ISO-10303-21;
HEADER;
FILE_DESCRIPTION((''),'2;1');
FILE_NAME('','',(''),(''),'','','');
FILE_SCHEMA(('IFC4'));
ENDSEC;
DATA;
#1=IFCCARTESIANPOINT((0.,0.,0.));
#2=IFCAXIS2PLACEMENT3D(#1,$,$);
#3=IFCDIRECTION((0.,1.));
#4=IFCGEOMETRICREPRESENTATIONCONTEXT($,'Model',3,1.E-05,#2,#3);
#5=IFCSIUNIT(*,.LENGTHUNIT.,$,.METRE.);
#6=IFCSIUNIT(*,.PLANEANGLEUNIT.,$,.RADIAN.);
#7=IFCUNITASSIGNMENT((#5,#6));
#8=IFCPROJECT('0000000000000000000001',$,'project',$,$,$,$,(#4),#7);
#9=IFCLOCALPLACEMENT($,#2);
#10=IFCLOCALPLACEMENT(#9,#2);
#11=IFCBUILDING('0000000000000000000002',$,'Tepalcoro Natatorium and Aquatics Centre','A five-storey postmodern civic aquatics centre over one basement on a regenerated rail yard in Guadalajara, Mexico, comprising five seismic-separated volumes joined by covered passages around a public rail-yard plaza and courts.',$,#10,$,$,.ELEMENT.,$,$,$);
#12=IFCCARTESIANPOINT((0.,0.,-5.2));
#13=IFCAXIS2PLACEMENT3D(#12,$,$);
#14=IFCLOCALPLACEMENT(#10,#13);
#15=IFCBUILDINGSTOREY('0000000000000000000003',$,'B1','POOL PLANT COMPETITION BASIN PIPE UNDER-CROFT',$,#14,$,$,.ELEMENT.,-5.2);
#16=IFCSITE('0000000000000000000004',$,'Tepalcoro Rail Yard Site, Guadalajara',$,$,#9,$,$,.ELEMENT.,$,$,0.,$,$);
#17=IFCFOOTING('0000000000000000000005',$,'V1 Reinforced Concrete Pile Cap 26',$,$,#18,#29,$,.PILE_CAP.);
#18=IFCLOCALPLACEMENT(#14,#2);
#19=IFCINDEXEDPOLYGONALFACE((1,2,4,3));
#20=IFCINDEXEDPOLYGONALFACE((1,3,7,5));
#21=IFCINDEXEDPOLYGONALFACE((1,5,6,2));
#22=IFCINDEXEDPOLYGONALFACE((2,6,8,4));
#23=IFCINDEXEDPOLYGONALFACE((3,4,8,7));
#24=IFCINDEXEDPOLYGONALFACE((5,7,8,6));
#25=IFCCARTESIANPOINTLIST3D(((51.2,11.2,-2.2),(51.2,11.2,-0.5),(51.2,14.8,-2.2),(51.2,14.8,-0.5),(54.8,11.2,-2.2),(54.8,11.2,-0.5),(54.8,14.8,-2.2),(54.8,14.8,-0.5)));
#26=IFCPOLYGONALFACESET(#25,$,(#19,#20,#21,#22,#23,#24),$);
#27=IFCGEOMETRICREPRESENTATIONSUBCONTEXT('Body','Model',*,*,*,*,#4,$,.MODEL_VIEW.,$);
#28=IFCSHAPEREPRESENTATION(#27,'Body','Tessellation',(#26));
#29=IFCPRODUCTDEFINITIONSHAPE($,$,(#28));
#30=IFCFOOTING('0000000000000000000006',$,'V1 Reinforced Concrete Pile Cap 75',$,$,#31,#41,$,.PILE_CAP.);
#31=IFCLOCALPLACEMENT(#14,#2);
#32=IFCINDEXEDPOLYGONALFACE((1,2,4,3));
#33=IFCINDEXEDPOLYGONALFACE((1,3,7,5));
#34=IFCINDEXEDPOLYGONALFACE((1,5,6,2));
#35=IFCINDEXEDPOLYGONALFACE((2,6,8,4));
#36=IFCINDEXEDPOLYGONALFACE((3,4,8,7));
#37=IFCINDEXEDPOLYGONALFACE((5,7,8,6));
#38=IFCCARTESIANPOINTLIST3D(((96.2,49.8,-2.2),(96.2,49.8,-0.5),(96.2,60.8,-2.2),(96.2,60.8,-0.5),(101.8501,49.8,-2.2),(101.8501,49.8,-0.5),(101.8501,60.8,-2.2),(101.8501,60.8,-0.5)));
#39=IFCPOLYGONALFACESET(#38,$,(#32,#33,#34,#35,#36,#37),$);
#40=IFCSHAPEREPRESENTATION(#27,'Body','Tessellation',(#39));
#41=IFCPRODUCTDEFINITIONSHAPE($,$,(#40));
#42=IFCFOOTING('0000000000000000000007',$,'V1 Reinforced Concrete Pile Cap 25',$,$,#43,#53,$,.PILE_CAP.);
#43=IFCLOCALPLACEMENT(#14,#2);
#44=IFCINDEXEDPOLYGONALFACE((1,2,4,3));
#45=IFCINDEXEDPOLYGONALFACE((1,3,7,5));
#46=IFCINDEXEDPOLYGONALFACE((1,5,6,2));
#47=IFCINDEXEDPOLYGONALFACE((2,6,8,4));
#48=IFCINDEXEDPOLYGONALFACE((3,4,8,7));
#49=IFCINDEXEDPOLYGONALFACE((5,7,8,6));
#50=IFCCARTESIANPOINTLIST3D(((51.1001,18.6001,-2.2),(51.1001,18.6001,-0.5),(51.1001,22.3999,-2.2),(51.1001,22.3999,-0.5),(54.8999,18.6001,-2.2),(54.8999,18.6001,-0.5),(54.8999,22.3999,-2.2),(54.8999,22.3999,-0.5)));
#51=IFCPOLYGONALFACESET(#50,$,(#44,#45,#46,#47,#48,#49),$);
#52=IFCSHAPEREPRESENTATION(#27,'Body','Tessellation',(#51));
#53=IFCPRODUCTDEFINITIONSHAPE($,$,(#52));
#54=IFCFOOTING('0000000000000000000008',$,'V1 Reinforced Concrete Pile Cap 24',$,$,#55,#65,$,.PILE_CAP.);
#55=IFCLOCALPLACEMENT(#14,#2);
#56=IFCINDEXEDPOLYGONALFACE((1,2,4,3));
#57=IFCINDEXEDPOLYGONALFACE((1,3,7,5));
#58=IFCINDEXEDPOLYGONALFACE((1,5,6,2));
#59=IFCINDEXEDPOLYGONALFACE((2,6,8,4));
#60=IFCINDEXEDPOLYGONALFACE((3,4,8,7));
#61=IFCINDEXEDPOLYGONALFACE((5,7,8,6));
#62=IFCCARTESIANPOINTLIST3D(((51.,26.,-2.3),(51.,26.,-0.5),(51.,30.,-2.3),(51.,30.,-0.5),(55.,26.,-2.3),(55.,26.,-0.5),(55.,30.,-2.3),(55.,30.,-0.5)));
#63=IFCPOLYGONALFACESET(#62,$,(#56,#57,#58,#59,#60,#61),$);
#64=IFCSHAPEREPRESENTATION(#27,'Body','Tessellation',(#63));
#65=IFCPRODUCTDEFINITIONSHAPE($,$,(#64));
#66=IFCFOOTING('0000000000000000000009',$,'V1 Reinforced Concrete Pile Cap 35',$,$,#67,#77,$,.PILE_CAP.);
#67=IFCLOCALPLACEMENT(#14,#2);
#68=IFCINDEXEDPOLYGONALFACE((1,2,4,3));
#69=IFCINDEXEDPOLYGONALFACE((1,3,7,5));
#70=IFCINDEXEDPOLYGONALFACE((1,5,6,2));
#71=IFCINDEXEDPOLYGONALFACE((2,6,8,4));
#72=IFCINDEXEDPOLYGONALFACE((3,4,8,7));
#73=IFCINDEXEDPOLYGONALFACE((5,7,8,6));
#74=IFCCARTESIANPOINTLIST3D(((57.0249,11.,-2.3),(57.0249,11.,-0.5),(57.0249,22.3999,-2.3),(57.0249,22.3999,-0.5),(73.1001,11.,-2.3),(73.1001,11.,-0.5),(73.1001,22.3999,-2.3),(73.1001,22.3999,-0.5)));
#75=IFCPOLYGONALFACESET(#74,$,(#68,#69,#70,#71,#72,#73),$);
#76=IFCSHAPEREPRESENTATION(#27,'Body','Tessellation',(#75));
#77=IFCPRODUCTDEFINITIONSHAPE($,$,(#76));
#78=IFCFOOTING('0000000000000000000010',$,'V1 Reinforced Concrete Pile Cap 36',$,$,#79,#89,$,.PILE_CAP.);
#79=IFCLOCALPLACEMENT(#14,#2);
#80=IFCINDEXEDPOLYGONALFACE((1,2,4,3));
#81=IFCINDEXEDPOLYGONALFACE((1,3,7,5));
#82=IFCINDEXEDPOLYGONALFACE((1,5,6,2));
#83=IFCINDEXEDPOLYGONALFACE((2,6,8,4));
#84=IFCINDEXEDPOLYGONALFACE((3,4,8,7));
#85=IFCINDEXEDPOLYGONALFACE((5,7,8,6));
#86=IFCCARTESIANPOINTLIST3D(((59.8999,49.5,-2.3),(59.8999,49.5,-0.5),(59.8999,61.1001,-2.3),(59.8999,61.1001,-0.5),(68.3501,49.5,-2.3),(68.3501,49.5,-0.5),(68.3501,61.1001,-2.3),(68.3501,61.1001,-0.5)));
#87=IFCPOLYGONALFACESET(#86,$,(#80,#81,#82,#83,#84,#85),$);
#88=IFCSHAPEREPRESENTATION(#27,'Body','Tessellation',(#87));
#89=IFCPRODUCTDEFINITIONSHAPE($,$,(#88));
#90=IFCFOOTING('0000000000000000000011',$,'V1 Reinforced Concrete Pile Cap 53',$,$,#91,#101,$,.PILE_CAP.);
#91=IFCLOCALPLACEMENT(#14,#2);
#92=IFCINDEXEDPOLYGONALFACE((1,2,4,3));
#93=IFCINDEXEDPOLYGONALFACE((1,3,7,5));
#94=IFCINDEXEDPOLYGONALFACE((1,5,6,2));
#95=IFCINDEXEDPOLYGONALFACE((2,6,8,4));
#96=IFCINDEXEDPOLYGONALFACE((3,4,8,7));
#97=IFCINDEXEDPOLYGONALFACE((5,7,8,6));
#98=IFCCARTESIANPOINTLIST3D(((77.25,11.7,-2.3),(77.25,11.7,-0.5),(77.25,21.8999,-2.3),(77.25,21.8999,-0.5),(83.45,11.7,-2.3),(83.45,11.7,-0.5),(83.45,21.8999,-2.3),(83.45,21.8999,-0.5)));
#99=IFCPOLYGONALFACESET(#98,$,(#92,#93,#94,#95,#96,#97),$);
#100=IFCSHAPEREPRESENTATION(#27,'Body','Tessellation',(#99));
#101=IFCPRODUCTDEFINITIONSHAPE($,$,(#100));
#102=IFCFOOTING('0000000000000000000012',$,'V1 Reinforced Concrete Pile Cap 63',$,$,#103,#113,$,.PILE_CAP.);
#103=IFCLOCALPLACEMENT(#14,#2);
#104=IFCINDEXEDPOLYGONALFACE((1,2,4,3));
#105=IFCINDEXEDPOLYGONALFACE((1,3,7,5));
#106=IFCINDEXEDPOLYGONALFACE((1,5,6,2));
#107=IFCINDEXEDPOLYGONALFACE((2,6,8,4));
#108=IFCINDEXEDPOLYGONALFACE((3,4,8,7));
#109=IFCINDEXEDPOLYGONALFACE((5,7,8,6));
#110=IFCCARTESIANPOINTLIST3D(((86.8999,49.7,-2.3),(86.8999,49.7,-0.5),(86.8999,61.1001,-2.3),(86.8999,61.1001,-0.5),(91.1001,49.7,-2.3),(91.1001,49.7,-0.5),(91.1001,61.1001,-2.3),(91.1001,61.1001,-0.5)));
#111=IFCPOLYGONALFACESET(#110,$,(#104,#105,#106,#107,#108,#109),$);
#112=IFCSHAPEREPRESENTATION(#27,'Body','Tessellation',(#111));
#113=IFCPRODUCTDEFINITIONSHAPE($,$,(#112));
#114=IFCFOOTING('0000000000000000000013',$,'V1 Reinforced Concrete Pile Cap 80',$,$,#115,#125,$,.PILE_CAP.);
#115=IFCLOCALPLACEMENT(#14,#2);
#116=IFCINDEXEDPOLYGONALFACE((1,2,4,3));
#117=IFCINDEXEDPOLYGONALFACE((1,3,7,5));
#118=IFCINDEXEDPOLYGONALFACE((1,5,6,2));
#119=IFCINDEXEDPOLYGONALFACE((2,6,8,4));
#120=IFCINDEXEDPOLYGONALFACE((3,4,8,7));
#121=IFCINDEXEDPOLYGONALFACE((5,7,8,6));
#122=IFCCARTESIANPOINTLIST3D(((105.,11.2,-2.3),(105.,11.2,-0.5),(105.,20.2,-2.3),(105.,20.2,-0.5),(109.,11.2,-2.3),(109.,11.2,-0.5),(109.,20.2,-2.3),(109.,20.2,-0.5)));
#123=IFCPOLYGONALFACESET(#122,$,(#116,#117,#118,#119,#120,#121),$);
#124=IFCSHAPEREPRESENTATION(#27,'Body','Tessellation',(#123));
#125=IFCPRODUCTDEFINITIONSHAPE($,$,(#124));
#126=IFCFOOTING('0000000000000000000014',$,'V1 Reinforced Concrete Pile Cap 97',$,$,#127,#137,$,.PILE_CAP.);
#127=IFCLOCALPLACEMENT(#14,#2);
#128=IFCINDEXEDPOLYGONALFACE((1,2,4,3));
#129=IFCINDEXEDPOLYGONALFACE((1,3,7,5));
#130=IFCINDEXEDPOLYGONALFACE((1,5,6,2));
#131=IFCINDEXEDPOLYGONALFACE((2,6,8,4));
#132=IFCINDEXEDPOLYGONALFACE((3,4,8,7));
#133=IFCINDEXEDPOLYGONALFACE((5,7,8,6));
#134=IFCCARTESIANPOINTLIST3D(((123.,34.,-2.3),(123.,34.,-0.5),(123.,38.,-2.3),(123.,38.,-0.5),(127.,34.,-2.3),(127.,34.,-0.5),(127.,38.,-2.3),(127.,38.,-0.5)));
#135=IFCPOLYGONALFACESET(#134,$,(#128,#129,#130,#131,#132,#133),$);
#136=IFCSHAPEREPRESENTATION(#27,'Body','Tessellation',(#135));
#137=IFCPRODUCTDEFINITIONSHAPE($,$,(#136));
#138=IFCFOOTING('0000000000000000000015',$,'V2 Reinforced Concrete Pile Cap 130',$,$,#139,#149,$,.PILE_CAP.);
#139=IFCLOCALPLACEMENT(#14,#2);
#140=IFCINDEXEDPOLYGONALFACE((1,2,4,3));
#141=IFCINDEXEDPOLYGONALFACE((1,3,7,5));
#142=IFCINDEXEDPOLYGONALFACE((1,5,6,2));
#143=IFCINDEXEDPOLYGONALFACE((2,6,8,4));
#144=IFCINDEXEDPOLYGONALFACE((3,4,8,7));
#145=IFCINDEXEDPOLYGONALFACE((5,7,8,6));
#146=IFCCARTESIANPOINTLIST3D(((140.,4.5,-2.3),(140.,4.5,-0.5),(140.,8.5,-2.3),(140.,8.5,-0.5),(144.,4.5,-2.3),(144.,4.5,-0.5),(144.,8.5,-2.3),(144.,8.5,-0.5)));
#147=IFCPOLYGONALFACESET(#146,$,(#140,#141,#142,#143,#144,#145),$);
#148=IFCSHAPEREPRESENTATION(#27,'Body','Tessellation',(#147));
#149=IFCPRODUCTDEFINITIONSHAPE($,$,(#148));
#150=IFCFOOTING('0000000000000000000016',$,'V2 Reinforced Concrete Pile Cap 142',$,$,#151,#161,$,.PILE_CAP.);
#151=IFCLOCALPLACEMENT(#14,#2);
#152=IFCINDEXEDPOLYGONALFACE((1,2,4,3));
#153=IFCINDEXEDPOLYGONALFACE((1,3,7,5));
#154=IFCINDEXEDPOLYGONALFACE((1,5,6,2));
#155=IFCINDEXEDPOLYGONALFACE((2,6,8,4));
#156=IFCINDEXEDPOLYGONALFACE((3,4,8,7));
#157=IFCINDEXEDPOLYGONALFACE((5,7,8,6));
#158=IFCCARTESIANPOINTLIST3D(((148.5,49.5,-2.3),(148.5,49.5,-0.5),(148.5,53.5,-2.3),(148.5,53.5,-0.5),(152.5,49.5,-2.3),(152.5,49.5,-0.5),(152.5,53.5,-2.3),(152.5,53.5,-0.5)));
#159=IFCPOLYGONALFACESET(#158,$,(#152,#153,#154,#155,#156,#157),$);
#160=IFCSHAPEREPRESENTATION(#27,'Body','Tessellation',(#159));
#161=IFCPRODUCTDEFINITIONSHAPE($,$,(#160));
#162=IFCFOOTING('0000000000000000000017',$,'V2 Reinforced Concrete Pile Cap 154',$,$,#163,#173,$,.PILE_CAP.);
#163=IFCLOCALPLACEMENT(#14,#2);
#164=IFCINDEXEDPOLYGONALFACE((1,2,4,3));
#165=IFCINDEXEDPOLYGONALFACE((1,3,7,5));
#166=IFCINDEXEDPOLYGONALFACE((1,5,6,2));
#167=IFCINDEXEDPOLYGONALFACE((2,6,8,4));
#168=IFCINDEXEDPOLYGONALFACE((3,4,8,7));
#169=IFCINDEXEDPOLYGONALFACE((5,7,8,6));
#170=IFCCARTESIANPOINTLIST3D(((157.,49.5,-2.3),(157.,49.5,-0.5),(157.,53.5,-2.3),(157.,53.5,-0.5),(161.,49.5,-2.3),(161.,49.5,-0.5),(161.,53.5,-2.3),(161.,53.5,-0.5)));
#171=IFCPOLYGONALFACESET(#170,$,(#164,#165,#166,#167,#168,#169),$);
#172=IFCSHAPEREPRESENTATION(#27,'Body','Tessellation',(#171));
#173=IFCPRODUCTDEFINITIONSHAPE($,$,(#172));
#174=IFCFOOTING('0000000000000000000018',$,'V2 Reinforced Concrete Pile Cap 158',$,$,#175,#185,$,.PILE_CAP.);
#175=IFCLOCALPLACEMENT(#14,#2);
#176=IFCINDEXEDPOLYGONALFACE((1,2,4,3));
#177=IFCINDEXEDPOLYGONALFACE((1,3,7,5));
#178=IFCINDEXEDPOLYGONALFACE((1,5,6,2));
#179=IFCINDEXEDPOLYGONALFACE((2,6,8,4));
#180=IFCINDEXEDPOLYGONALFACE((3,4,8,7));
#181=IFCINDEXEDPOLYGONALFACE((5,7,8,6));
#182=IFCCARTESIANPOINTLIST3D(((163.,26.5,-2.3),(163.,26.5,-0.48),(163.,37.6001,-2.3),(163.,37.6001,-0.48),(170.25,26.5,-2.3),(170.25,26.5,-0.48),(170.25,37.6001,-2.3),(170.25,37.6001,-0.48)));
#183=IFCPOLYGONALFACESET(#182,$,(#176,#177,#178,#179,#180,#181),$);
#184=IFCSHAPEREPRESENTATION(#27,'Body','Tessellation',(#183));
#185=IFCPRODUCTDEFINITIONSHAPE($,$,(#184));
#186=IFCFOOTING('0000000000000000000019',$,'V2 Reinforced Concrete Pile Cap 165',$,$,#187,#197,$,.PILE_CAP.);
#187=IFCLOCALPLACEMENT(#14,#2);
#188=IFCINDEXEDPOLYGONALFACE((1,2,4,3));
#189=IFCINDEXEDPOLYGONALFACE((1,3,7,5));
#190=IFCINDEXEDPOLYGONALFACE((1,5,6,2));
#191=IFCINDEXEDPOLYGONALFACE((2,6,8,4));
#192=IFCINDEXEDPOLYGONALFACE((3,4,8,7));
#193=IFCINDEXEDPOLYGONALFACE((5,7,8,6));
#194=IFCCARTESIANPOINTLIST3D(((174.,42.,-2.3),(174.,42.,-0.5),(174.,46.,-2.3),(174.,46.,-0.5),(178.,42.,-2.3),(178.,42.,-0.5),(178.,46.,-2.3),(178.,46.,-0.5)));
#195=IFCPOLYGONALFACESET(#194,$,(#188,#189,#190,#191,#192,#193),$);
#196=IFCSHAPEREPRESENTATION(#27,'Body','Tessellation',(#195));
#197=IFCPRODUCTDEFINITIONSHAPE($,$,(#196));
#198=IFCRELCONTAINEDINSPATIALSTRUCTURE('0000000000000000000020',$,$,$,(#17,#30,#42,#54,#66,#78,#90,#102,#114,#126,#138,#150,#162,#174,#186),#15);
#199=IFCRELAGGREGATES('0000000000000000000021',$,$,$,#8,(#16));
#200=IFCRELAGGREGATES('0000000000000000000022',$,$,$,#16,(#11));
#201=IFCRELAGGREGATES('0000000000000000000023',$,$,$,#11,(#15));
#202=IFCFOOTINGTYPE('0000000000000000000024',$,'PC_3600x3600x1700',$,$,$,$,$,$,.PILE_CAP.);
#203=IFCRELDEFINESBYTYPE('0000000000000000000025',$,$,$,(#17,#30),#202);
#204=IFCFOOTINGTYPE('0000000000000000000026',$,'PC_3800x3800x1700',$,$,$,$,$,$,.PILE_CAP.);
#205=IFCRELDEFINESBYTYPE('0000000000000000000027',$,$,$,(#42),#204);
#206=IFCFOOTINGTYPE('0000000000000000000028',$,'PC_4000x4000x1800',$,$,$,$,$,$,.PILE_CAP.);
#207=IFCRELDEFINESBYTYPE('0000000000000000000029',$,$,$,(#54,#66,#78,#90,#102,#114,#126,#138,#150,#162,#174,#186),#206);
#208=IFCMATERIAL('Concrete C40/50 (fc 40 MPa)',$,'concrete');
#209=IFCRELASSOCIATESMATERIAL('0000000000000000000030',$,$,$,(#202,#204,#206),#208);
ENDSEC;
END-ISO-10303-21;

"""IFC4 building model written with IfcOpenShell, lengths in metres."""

from ifc_helpers import new_model, si_unit, direction, frame, origin, place, context, subcontext, project, spatial, polyline, outline, extrude, material, type_object, element, save


model = new_model("IFC4")

# Units and contexts
model_context = context("Model", 3, precision=1e-05, world=origin(), true_north=direction((0.0, 1.0)))
body_context = subcontext(model_context, "Body", "Model", "MODEL_VIEW")
ifc_project = project(units=[si_unit("LENGTHUNIT", "METRE"), si_unit("PLANEANGLEUNIT", "RADIAN")], contexts=[model_context])

# Site, building, storey
site_placement = place(None, origin())
site = spatial("IfcSite", under=ifc_project, at=site_placement, Name="Tepalcoro Rail Yard Site, Guadalajara", CompositionType="ELEMENT", RefElevation=0.0)
building_placement = place(site_placement, origin())
building = spatial("IfcBuilding", under=site, at=building_placement, Name="Tepalcoro Natatorium and Aquatics Centre", Description="A five-storey postmodern civic aquatics centre over one basement on a regenerated rail yard in Guadalajara, Mexico, comprising five seismic-separated volumes joined by covered passages around a public rail-yard plaza and courts.", CompositionType="ELEMENT")
storey_placement = place(building_placement, frame((0.0, 0.0, -5.2)))
storey = spatial("IfcBuildingStorey", under=building, at=storey_placement, Name="B1", Description="POOL PLANT COMPETITION BASIN PIPE UNDER-CROFT", CompositionType="ELEMENT", Elevation=-5.2)

# Footings
ifc_material = material(Name="Concrete C40/50 (fc 40 MPa)", Category="concrete")
footing_type_1 = type_object("IfcFootingType", Name="PC_3600x3600x1700", PredefinedType="PILE_CAP", material=ifc_material)
footing_1_placement = place(storey_placement, frame((0.0, 0.0, -2.2)))
element("IfcFooting", 1, at=footing_1_placement, inside=storey, type_object=footing_type_1, Name="V1 Reinforced Concrete Pile Cap 26", PredefinedType="PILE_CAP", context=body_context, shape_type="SweptSolid", body=[
    extrude(outline(polyline([(51.2, 11.2), (54.8, 11.2), (54.8, 14.8), (51.2, 14.8), (51.2, 11.2)])), origin(), (0.0, 0.0, 1.0), 1.7),
])
footing_2_placement = place(storey_placement, frame((0.0, 0.0, -2.2)))
element("IfcFooting", 2, at=footing_2_placement, inside=storey, type_object=footing_type_1, Name="V1 Reinforced Concrete Pile Cap 75", PredefinedType="PILE_CAP", context=body_context, shape_type="SweptSolid", body=[
    extrude(outline(polyline([(96.2, 49.8), (101.8501, 49.8), (101.8501, 60.8), (96.2, 60.8), (96.2, 49.8)])), origin(), (0.0, 0.0, 1.0), 1.7),
])
footing_type_2 = type_object("IfcFootingType", Name="PC_3800x3800x1700", PredefinedType="PILE_CAP", material=ifc_material)
footing_3_placement = place(storey_placement, frame((0.0, 0.0, -2.2)))
element("IfcFooting", 3, at=footing_3_placement, inside=storey, type_object=footing_type_2, Name="V1 Reinforced Concrete Pile Cap 25", PredefinedType="PILE_CAP", context=body_context, shape_type="SweptSolid", body=[
    extrude(outline(polyline([(51.1001, 18.6001), (54.8999, 18.6001), (54.8999, 22.3999), (51.1001, 22.3999), (51.1001, 18.6001)])), origin(), (0.0, 0.0, 1.0), 1.7),
])
footing_type_3 = type_object("IfcFootingType", Name="PC_4000x4000x1800", PredefinedType="PILE_CAP", material=ifc_material)
footing_4_placement = place(storey_placement, frame((0.0, 0.0, -2.3)))
element("IfcFooting", 4, at=footing_4_placement, inside=storey, type_object=footing_type_3, Name="V1 Reinforced Concrete Pile Cap 24", PredefinedType="PILE_CAP", context=body_context, shape_type="SweptSolid", body=[
    extrude(outline(polyline([(51.0, 26.0), (55.0, 26.0), (55.0, 30.0), (51.0, 30.0), (51.0, 26.0)])), origin(), (0.0, 0.0, 1.0), 1.8),
])
footing_5_placement = place(storey_placement, frame((0.0, 0.0, -2.3)))
element("IfcFooting", 5, at=footing_5_placement, inside=storey, type_object=footing_type_3, Name="V1 Reinforced Concrete Pile Cap 35", PredefinedType="PILE_CAP", context=body_context, shape_type="SweptSolid", body=[
    extrude(outline(polyline([(57.0249, 11.0), (73.1001, 11.0), (73.1001, 22.3999), (57.0249, 22.3999), (57.0249, 11.0)])), origin(), (0.0, 0.0, 1.0), 1.8),
])
footing_6_placement = place(storey_placement, frame((0.0, 0.0, -2.3)))
element("IfcFooting", 6, at=footing_6_placement, inside=storey, type_object=footing_type_3, Name="V1 Reinforced Concrete Pile Cap 36", PredefinedType="PILE_CAP", context=body_context, shape_type="SweptSolid", body=[
    extrude(outline(polyline([(59.8999, 49.5), (68.3501, 49.5), (68.3501, 61.1001), (59.8999, 61.1001), (59.8999, 49.5)])), origin(), (0.0, 0.0, 1.0), 1.8),
])
footing_7_placement = place(storey_placement, frame((0.0, 0.0, -2.3)))
element("IfcFooting", 7, at=footing_7_placement, inside=storey, type_object=footing_type_3, Name="V1 Reinforced Concrete Pile Cap 53", PredefinedType="PILE_CAP", context=body_context, shape_type="SweptSolid", body=[
    extrude(outline(polyline([(77.25, 11.7), (83.45, 11.7), (83.45, 21.8999), (77.25, 21.8999), (77.25, 11.7)])), origin(), (0.0, 0.0, 1.0), 1.8),
])
footing_8_placement = place(storey_placement, frame((0.0, 0.0, -2.3)))
element("IfcFooting", 8, at=footing_8_placement, inside=storey, type_object=footing_type_3, Name="V1 Reinforced Concrete Pile Cap 63", PredefinedType="PILE_CAP", context=body_context, shape_type="SweptSolid", body=[
    extrude(outline(polyline([(86.8999, 49.7), (91.1001, 49.7), (91.1001, 61.1001), (86.8999, 61.1001), (86.8999, 49.7)])), origin(), (0.0, 0.0, 1.0), 1.8),
])
footing_9_placement = place(storey_placement, frame((0.0, 0.0, -2.3)))
element("IfcFooting", 9, at=footing_9_placement, inside=storey, type_object=footing_type_3, Name="V1 Reinforced Concrete Pile Cap 80", PredefinedType="PILE_CAP", context=body_context, shape_type="SweptSolid", body=[
    extrude(outline(polyline([(105.0, 11.2), (109.0, 11.2), (109.0, 20.2), (105.0, 20.2), (105.0, 11.2)])), origin(), (0.0, 0.0, 1.0), 1.8),
])
footing_10_placement = place(storey_placement, frame((0.0, 0.0, -2.3)))
element("IfcFooting", 10, at=footing_10_placement, inside=storey, type_object=footing_type_3, Name="V1 Reinforced Concrete Pile Cap 97", PredefinedType="PILE_CAP", context=body_context, shape_type="SweptSolid", body=[
    extrude(outline(polyline([(123.0, 34.0), (127.0, 34.0), (127.0, 38.0), (123.0, 38.0), (123.0, 34.0)])), origin(), (0.0, 0.0, 1.0), 1.8),
])
footing_11_placement = place(storey_placement, frame((0.0, 0.0, -2.3)))
element("IfcFooting", 11, at=footing_11_placement, inside=storey, type_object=footing_type_3, Name="V2 Reinforced Concrete Pile Cap 130", PredefinedType="PILE_CAP", context=body_context, shape_type="SweptSolid", body=[
    extrude(outline(polyline([(140.0, 4.5), (144.0, 4.5), (144.0, 8.5), (140.0, 8.5), (140.0, 4.5)])), origin(), (0.0, 0.0, 1.0), 1.8),
])
footing_12_placement = place(storey_placement, frame((0.0, 0.0, -2.3)))
element("IfcFooting", 12, at=footing_12_placement, inside=storey, type_object=footing_type_3, Name="V2 Reinforced Concrete Pile Cap 142", PredefinedType="PILE_CAP", context=body_context, shape_type="SweptSolid", body=[
    extrude(outline(polyline([(148.5, 49.5), (152.5, 49.5), (152.5, 53.5), (148.5, 53.5), (148.5, 49.5)])), origin(), (0.0, 0.0, 1.0), 1.8),
])
footing_13_placement = place(storey_placement, frame((0.0, 0.0, -2.3)))
element("IfcFooting", 13, at=footing_13_placement, inside=storey, type_object=footing_type_3, Name="V2 Reinforced Concrete Pile Cap 154", PredefinedType="PILE_CAP", context=body_context, shape_type="SweptSolid", body=[
    extrude(outline(polyline([(157.0, 49.5), (161.0, 49.5), (161.0, 53.5), (157.0, 53.5), (157.0, 49.5)])), origin(), (0.0, 0.0, 1.0), 1.8),
])
footing_14_placement = place(storey_placement, frame((0.0, 0.0, -2.3)))
element("IfcFooting", 14, at=footing_14_placement, inside=storey, type_object=footing_type_3, Name="V2 Reinforced Concrete Pile Cap 158", PredefinedType="PILE_CAP", context=body_context, shape_type="SweptSolid", body=[
    extrude(outline(polyline([(163.0, 26.5), (170.25, 26.5), (170.25, 37.6001), (163.0, 37.6001), (163.0, 26.5)])), origin(), (0.0, 0.0, 1.0), 1.8201),
])
footing_15_placement = place(storey_placement, frame((0.0, 0.0, -2.3)))
element("IfcFooting", 15, at=footing_15_placement, inside=storey, type_object=footing_type_3, Name="V2 Reinforced Concrete Pile Cap 165", PredefinedType="PILE_CAP", context=body_context, shape_type="SweptSolid", body=[
    extrude(outline(polyline([(174.0, 42.0), (178.0, 42.0), (178.0, 46.0), (174.0, 46.0), (174.0, 42.0)])), origin(), (0.0, 0.0, 1.0), 1.8),
])

save(model, "model.ifc")
